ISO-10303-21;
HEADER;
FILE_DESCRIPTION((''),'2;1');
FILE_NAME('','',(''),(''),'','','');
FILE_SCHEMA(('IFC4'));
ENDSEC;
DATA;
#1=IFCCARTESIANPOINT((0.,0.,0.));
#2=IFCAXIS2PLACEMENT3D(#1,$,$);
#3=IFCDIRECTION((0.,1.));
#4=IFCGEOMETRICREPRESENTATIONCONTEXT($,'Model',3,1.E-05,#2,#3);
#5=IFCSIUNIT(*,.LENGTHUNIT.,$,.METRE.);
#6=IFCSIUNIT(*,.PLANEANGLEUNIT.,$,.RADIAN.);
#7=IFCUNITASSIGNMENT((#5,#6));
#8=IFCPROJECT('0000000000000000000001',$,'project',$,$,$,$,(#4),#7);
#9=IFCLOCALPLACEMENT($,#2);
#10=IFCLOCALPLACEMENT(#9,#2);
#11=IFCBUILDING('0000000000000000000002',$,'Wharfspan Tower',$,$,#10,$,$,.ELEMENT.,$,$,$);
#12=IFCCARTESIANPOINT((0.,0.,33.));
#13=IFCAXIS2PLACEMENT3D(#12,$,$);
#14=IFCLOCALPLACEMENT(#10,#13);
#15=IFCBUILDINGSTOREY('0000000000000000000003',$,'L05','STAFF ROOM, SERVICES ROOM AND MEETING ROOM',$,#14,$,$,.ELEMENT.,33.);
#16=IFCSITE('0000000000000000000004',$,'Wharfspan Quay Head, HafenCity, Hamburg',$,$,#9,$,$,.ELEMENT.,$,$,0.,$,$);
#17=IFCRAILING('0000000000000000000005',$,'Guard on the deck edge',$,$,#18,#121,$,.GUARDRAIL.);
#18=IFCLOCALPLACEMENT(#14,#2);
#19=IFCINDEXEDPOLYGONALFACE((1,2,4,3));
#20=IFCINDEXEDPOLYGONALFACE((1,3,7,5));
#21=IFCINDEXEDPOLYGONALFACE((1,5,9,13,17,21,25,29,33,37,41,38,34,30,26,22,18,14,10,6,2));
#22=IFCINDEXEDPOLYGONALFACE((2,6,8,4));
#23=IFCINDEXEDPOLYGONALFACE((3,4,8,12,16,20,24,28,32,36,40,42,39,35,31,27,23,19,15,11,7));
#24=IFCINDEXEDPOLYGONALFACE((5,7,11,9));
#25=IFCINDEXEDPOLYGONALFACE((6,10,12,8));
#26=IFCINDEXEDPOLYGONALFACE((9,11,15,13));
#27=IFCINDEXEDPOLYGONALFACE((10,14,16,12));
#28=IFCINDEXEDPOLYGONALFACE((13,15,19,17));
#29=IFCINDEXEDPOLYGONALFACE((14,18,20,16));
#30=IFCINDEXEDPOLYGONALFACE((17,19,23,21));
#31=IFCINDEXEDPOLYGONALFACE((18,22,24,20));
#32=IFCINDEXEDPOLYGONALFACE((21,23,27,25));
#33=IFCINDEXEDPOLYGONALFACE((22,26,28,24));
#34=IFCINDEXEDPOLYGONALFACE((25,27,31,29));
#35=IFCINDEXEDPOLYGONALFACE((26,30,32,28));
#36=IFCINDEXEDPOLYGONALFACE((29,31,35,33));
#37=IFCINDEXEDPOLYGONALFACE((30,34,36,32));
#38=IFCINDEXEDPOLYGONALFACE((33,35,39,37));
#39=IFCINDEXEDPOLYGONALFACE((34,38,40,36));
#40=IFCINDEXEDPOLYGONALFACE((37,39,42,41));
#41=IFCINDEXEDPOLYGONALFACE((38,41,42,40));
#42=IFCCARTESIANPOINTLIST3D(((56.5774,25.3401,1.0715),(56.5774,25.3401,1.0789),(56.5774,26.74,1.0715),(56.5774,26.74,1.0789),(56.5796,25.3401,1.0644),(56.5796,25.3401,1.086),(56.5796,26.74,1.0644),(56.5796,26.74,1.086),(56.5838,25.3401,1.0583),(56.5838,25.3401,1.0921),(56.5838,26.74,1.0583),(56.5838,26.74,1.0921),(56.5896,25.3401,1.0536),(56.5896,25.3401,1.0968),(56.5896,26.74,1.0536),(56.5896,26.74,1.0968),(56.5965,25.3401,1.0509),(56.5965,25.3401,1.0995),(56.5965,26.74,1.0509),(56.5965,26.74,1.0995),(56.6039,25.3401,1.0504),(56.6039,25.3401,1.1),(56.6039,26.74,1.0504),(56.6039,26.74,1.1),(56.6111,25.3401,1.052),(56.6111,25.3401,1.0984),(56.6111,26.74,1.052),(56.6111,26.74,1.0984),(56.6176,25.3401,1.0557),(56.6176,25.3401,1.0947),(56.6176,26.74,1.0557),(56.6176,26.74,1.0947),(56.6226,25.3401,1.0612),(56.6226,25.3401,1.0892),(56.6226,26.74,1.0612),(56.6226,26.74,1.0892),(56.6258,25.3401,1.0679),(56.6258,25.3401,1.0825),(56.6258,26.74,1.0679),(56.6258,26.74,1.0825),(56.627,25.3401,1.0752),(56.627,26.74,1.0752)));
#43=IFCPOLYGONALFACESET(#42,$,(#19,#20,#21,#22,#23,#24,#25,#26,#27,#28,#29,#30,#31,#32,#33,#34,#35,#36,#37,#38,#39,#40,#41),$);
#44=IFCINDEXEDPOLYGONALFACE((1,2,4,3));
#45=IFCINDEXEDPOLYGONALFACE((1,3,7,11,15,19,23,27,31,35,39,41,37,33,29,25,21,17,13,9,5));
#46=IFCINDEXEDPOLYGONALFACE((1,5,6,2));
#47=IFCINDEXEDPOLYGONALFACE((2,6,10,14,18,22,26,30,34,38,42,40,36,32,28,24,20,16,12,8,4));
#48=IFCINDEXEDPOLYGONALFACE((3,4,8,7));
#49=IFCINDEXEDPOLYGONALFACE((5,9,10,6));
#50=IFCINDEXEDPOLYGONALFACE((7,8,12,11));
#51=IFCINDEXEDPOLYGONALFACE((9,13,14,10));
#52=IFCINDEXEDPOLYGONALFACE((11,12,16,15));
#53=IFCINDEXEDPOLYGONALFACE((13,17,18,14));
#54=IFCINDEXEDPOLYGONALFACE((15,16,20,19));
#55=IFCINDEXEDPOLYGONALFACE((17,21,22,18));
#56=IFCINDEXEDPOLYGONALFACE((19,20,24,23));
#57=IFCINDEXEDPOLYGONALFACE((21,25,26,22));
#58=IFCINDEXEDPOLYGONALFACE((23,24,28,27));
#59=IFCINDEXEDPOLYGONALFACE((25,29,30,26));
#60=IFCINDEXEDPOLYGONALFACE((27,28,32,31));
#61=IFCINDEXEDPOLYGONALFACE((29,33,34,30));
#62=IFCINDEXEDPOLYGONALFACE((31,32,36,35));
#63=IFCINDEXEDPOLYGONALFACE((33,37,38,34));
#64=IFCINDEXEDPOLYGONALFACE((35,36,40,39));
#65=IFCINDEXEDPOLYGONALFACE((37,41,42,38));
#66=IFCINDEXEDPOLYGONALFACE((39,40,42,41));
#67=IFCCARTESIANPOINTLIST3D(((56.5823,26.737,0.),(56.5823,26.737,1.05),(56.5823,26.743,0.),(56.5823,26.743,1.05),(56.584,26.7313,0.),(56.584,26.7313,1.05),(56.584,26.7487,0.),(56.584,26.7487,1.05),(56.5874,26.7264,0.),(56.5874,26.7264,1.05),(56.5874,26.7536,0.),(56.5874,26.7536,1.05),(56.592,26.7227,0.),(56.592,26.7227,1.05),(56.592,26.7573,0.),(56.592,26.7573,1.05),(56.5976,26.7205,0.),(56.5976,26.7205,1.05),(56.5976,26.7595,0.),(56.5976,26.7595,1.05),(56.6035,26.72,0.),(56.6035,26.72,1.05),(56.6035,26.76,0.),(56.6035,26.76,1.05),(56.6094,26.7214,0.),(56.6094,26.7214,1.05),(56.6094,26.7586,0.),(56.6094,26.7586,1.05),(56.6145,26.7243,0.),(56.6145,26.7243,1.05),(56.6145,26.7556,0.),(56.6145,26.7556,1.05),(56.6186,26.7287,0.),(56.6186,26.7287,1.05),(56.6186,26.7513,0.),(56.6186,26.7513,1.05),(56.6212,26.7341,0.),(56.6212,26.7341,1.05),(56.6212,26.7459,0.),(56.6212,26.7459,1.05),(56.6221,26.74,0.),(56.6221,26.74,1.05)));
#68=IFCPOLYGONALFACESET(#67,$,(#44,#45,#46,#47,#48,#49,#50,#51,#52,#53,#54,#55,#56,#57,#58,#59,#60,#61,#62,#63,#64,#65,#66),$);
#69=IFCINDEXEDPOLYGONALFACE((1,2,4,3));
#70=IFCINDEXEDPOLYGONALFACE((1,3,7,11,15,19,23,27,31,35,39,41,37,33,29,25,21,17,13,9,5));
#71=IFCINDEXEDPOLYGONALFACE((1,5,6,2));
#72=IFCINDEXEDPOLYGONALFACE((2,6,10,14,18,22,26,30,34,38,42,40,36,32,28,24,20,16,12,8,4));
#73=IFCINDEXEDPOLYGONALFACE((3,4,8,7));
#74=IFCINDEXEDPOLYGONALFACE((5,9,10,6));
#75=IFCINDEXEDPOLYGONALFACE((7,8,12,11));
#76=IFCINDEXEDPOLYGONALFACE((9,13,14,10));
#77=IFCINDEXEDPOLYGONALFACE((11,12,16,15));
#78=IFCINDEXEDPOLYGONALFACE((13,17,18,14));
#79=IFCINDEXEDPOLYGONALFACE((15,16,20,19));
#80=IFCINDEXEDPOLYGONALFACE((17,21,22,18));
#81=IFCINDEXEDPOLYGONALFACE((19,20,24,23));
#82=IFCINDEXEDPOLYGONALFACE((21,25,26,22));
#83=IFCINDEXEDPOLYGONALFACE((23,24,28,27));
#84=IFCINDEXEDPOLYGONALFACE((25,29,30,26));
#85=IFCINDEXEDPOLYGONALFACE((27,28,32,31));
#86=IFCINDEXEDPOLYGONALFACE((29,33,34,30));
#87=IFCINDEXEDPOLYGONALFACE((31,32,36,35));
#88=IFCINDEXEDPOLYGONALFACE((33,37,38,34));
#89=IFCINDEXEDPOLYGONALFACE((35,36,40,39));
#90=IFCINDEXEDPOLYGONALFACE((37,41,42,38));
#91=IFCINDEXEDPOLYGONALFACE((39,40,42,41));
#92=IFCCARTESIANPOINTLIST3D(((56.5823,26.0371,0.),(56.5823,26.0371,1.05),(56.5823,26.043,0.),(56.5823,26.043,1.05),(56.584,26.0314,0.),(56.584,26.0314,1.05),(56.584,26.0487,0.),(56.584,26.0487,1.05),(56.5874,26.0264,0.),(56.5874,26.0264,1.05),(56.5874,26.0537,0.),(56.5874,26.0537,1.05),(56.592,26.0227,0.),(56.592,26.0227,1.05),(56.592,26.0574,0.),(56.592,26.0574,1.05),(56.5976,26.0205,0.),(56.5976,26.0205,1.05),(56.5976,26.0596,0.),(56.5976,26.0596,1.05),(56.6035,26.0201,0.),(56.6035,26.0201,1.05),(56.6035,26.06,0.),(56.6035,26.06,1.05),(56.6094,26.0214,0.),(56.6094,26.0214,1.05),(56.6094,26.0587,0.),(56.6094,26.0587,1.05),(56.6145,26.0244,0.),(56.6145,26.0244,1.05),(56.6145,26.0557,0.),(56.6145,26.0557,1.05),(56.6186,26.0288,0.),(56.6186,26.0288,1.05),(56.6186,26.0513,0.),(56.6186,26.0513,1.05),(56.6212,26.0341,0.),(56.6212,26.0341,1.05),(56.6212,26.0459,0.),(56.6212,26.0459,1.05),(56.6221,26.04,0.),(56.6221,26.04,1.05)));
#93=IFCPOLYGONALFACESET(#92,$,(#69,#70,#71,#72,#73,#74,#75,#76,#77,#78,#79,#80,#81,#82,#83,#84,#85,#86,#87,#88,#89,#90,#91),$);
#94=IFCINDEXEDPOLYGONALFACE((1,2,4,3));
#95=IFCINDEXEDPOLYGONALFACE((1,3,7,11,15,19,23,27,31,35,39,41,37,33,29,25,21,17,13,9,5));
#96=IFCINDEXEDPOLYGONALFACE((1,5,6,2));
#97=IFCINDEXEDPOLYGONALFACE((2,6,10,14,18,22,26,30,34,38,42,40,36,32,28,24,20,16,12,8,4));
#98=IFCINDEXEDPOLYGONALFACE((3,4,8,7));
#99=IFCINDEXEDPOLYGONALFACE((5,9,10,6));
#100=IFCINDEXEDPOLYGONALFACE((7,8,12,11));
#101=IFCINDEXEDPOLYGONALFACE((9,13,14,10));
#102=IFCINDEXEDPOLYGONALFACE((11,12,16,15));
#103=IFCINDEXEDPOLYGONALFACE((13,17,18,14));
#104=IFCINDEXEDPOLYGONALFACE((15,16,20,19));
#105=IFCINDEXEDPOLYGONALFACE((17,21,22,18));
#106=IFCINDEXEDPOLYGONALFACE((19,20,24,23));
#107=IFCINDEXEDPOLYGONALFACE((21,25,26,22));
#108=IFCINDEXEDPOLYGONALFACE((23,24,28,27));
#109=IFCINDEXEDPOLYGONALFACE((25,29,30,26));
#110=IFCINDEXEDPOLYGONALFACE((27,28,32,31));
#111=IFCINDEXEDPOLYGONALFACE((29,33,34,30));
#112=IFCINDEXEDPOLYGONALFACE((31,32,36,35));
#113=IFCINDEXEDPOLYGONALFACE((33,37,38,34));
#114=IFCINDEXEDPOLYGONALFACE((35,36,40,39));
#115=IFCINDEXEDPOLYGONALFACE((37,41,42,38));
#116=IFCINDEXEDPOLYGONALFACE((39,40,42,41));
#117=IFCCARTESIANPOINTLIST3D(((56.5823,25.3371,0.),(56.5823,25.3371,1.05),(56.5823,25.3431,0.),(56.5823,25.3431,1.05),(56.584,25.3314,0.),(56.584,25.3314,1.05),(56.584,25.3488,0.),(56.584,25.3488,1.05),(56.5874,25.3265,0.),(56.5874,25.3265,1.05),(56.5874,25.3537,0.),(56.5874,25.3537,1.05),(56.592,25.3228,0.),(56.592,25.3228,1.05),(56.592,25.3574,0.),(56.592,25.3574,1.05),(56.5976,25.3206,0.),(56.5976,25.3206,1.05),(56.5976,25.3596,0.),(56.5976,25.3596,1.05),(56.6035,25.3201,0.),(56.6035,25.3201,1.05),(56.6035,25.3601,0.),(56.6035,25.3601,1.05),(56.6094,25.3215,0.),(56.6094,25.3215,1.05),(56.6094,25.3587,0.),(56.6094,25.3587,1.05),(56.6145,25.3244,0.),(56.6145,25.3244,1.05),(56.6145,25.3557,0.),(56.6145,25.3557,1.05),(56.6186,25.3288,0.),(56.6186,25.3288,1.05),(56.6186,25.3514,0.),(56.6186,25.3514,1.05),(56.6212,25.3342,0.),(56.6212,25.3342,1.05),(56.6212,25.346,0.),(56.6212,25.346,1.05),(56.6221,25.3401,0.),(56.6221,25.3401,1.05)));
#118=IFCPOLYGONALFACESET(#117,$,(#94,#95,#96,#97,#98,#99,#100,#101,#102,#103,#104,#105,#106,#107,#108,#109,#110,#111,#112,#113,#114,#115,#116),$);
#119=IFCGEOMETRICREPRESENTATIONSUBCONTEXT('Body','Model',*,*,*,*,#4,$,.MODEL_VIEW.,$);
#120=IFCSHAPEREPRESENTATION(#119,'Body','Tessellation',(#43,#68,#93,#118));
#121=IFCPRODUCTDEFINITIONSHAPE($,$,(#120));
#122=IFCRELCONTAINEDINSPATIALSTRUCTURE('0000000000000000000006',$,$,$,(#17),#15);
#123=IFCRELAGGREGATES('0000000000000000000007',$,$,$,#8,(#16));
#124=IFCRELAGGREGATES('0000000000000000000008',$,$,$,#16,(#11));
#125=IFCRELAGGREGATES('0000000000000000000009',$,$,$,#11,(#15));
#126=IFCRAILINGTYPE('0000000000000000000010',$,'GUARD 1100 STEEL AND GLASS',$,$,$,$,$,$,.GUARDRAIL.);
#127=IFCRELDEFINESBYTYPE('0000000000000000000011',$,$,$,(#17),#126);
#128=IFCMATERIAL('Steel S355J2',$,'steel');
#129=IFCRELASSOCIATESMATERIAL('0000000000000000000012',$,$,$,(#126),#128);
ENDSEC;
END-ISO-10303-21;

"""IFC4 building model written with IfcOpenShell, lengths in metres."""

from ifc_helpers import new_model, si_unit, direction, frame, origin, origin_2d, place, context, subcontext, project, spatial, circle, extrude, material, type_object, element, save


model = new_model("IFC4")

# Units and contexts
model_context = context("Model", 3, precision=1e-05, world=origin(), true_north=direction((0.0, 1.0)))
body_context = subcontext(model_context, "Body", "Model", "MODEL_VIEW")
ifc_project = project(units=[si_unit("LENGTHUNIT", "METRE"), si_unit("PLANEANGLEUNIT", "RADIAN")], contexts=[model_context])

# Site, building, storey
site_placement = place(None, origin())
site = spatial("IfcSite", under=ifc_project, at=site_placement, Name="Wharfspan Quay Head, HafenCity, Hamburg", CompositionType="ELEMENT", RefElevation=0.0)
building_placement = place(site_placement, origin())
building = spatial("IfcBuilding", under=site, at=building_placement, Name="Wharfspan Tower", CompositionType="ELEMENT")
storey_placement = place(building_placement, frame((0.0, 0.0, 33.0)))
storey = spatial("IfcBuildingStorey", under=building, at=storey_placement, Name="L05", Description="STAFF ROOM, SERVICES ROOM AND MEETING ROOM", CompositionType="ELEMENT", Elevation=33.0)

# Railing
ifc_material_1 = material(Name="Steel S355J2", Category="steel")
railing_type = type_object("IfcRailingType", Name="GUARD 1100 STEEL AND GLASS", PredefinedType="GUARDRAIL", material=ifc_material_1)
railing_1_placement = place(storey_placement, frame((56.6021, 26.74, 0.0)))
element("IfcRailing", 1, at=railing_1_placement, inside=storey, type_object=railing_type, Name="Guard on the deck edge", PredefinedType="GUARDRAIL", context=body_context, shape_type="SweptSolid", body=[
    extrude(circle(Radius=0.0249, at=origin_2d()), frame((0.0, 0.0, 1.0752), z_axis=(0.0, -1.0, 0.0), x_axis=(1.0, 0.0, 0.0)), (0.0, 0.0, 1.0), 1.3999),
    extrude(circle(Radius=0.02, at=origin_2d()), origin(), (0.0, 0.0, 1.0), 1.05),
    extrude(circle(Radius=0.02, at=origin_2d()), frame((0.0, -0.7, 0.0)), (0.0, 0.0, 1.0), 1.05),
    extrude(circle(Radius=0.02, at=origin_2d()), frame((0.0, -1.3999, 0.0)), (0.0, 0.0, 1.0), 1.05),
])

save(model, "model.ifc")
